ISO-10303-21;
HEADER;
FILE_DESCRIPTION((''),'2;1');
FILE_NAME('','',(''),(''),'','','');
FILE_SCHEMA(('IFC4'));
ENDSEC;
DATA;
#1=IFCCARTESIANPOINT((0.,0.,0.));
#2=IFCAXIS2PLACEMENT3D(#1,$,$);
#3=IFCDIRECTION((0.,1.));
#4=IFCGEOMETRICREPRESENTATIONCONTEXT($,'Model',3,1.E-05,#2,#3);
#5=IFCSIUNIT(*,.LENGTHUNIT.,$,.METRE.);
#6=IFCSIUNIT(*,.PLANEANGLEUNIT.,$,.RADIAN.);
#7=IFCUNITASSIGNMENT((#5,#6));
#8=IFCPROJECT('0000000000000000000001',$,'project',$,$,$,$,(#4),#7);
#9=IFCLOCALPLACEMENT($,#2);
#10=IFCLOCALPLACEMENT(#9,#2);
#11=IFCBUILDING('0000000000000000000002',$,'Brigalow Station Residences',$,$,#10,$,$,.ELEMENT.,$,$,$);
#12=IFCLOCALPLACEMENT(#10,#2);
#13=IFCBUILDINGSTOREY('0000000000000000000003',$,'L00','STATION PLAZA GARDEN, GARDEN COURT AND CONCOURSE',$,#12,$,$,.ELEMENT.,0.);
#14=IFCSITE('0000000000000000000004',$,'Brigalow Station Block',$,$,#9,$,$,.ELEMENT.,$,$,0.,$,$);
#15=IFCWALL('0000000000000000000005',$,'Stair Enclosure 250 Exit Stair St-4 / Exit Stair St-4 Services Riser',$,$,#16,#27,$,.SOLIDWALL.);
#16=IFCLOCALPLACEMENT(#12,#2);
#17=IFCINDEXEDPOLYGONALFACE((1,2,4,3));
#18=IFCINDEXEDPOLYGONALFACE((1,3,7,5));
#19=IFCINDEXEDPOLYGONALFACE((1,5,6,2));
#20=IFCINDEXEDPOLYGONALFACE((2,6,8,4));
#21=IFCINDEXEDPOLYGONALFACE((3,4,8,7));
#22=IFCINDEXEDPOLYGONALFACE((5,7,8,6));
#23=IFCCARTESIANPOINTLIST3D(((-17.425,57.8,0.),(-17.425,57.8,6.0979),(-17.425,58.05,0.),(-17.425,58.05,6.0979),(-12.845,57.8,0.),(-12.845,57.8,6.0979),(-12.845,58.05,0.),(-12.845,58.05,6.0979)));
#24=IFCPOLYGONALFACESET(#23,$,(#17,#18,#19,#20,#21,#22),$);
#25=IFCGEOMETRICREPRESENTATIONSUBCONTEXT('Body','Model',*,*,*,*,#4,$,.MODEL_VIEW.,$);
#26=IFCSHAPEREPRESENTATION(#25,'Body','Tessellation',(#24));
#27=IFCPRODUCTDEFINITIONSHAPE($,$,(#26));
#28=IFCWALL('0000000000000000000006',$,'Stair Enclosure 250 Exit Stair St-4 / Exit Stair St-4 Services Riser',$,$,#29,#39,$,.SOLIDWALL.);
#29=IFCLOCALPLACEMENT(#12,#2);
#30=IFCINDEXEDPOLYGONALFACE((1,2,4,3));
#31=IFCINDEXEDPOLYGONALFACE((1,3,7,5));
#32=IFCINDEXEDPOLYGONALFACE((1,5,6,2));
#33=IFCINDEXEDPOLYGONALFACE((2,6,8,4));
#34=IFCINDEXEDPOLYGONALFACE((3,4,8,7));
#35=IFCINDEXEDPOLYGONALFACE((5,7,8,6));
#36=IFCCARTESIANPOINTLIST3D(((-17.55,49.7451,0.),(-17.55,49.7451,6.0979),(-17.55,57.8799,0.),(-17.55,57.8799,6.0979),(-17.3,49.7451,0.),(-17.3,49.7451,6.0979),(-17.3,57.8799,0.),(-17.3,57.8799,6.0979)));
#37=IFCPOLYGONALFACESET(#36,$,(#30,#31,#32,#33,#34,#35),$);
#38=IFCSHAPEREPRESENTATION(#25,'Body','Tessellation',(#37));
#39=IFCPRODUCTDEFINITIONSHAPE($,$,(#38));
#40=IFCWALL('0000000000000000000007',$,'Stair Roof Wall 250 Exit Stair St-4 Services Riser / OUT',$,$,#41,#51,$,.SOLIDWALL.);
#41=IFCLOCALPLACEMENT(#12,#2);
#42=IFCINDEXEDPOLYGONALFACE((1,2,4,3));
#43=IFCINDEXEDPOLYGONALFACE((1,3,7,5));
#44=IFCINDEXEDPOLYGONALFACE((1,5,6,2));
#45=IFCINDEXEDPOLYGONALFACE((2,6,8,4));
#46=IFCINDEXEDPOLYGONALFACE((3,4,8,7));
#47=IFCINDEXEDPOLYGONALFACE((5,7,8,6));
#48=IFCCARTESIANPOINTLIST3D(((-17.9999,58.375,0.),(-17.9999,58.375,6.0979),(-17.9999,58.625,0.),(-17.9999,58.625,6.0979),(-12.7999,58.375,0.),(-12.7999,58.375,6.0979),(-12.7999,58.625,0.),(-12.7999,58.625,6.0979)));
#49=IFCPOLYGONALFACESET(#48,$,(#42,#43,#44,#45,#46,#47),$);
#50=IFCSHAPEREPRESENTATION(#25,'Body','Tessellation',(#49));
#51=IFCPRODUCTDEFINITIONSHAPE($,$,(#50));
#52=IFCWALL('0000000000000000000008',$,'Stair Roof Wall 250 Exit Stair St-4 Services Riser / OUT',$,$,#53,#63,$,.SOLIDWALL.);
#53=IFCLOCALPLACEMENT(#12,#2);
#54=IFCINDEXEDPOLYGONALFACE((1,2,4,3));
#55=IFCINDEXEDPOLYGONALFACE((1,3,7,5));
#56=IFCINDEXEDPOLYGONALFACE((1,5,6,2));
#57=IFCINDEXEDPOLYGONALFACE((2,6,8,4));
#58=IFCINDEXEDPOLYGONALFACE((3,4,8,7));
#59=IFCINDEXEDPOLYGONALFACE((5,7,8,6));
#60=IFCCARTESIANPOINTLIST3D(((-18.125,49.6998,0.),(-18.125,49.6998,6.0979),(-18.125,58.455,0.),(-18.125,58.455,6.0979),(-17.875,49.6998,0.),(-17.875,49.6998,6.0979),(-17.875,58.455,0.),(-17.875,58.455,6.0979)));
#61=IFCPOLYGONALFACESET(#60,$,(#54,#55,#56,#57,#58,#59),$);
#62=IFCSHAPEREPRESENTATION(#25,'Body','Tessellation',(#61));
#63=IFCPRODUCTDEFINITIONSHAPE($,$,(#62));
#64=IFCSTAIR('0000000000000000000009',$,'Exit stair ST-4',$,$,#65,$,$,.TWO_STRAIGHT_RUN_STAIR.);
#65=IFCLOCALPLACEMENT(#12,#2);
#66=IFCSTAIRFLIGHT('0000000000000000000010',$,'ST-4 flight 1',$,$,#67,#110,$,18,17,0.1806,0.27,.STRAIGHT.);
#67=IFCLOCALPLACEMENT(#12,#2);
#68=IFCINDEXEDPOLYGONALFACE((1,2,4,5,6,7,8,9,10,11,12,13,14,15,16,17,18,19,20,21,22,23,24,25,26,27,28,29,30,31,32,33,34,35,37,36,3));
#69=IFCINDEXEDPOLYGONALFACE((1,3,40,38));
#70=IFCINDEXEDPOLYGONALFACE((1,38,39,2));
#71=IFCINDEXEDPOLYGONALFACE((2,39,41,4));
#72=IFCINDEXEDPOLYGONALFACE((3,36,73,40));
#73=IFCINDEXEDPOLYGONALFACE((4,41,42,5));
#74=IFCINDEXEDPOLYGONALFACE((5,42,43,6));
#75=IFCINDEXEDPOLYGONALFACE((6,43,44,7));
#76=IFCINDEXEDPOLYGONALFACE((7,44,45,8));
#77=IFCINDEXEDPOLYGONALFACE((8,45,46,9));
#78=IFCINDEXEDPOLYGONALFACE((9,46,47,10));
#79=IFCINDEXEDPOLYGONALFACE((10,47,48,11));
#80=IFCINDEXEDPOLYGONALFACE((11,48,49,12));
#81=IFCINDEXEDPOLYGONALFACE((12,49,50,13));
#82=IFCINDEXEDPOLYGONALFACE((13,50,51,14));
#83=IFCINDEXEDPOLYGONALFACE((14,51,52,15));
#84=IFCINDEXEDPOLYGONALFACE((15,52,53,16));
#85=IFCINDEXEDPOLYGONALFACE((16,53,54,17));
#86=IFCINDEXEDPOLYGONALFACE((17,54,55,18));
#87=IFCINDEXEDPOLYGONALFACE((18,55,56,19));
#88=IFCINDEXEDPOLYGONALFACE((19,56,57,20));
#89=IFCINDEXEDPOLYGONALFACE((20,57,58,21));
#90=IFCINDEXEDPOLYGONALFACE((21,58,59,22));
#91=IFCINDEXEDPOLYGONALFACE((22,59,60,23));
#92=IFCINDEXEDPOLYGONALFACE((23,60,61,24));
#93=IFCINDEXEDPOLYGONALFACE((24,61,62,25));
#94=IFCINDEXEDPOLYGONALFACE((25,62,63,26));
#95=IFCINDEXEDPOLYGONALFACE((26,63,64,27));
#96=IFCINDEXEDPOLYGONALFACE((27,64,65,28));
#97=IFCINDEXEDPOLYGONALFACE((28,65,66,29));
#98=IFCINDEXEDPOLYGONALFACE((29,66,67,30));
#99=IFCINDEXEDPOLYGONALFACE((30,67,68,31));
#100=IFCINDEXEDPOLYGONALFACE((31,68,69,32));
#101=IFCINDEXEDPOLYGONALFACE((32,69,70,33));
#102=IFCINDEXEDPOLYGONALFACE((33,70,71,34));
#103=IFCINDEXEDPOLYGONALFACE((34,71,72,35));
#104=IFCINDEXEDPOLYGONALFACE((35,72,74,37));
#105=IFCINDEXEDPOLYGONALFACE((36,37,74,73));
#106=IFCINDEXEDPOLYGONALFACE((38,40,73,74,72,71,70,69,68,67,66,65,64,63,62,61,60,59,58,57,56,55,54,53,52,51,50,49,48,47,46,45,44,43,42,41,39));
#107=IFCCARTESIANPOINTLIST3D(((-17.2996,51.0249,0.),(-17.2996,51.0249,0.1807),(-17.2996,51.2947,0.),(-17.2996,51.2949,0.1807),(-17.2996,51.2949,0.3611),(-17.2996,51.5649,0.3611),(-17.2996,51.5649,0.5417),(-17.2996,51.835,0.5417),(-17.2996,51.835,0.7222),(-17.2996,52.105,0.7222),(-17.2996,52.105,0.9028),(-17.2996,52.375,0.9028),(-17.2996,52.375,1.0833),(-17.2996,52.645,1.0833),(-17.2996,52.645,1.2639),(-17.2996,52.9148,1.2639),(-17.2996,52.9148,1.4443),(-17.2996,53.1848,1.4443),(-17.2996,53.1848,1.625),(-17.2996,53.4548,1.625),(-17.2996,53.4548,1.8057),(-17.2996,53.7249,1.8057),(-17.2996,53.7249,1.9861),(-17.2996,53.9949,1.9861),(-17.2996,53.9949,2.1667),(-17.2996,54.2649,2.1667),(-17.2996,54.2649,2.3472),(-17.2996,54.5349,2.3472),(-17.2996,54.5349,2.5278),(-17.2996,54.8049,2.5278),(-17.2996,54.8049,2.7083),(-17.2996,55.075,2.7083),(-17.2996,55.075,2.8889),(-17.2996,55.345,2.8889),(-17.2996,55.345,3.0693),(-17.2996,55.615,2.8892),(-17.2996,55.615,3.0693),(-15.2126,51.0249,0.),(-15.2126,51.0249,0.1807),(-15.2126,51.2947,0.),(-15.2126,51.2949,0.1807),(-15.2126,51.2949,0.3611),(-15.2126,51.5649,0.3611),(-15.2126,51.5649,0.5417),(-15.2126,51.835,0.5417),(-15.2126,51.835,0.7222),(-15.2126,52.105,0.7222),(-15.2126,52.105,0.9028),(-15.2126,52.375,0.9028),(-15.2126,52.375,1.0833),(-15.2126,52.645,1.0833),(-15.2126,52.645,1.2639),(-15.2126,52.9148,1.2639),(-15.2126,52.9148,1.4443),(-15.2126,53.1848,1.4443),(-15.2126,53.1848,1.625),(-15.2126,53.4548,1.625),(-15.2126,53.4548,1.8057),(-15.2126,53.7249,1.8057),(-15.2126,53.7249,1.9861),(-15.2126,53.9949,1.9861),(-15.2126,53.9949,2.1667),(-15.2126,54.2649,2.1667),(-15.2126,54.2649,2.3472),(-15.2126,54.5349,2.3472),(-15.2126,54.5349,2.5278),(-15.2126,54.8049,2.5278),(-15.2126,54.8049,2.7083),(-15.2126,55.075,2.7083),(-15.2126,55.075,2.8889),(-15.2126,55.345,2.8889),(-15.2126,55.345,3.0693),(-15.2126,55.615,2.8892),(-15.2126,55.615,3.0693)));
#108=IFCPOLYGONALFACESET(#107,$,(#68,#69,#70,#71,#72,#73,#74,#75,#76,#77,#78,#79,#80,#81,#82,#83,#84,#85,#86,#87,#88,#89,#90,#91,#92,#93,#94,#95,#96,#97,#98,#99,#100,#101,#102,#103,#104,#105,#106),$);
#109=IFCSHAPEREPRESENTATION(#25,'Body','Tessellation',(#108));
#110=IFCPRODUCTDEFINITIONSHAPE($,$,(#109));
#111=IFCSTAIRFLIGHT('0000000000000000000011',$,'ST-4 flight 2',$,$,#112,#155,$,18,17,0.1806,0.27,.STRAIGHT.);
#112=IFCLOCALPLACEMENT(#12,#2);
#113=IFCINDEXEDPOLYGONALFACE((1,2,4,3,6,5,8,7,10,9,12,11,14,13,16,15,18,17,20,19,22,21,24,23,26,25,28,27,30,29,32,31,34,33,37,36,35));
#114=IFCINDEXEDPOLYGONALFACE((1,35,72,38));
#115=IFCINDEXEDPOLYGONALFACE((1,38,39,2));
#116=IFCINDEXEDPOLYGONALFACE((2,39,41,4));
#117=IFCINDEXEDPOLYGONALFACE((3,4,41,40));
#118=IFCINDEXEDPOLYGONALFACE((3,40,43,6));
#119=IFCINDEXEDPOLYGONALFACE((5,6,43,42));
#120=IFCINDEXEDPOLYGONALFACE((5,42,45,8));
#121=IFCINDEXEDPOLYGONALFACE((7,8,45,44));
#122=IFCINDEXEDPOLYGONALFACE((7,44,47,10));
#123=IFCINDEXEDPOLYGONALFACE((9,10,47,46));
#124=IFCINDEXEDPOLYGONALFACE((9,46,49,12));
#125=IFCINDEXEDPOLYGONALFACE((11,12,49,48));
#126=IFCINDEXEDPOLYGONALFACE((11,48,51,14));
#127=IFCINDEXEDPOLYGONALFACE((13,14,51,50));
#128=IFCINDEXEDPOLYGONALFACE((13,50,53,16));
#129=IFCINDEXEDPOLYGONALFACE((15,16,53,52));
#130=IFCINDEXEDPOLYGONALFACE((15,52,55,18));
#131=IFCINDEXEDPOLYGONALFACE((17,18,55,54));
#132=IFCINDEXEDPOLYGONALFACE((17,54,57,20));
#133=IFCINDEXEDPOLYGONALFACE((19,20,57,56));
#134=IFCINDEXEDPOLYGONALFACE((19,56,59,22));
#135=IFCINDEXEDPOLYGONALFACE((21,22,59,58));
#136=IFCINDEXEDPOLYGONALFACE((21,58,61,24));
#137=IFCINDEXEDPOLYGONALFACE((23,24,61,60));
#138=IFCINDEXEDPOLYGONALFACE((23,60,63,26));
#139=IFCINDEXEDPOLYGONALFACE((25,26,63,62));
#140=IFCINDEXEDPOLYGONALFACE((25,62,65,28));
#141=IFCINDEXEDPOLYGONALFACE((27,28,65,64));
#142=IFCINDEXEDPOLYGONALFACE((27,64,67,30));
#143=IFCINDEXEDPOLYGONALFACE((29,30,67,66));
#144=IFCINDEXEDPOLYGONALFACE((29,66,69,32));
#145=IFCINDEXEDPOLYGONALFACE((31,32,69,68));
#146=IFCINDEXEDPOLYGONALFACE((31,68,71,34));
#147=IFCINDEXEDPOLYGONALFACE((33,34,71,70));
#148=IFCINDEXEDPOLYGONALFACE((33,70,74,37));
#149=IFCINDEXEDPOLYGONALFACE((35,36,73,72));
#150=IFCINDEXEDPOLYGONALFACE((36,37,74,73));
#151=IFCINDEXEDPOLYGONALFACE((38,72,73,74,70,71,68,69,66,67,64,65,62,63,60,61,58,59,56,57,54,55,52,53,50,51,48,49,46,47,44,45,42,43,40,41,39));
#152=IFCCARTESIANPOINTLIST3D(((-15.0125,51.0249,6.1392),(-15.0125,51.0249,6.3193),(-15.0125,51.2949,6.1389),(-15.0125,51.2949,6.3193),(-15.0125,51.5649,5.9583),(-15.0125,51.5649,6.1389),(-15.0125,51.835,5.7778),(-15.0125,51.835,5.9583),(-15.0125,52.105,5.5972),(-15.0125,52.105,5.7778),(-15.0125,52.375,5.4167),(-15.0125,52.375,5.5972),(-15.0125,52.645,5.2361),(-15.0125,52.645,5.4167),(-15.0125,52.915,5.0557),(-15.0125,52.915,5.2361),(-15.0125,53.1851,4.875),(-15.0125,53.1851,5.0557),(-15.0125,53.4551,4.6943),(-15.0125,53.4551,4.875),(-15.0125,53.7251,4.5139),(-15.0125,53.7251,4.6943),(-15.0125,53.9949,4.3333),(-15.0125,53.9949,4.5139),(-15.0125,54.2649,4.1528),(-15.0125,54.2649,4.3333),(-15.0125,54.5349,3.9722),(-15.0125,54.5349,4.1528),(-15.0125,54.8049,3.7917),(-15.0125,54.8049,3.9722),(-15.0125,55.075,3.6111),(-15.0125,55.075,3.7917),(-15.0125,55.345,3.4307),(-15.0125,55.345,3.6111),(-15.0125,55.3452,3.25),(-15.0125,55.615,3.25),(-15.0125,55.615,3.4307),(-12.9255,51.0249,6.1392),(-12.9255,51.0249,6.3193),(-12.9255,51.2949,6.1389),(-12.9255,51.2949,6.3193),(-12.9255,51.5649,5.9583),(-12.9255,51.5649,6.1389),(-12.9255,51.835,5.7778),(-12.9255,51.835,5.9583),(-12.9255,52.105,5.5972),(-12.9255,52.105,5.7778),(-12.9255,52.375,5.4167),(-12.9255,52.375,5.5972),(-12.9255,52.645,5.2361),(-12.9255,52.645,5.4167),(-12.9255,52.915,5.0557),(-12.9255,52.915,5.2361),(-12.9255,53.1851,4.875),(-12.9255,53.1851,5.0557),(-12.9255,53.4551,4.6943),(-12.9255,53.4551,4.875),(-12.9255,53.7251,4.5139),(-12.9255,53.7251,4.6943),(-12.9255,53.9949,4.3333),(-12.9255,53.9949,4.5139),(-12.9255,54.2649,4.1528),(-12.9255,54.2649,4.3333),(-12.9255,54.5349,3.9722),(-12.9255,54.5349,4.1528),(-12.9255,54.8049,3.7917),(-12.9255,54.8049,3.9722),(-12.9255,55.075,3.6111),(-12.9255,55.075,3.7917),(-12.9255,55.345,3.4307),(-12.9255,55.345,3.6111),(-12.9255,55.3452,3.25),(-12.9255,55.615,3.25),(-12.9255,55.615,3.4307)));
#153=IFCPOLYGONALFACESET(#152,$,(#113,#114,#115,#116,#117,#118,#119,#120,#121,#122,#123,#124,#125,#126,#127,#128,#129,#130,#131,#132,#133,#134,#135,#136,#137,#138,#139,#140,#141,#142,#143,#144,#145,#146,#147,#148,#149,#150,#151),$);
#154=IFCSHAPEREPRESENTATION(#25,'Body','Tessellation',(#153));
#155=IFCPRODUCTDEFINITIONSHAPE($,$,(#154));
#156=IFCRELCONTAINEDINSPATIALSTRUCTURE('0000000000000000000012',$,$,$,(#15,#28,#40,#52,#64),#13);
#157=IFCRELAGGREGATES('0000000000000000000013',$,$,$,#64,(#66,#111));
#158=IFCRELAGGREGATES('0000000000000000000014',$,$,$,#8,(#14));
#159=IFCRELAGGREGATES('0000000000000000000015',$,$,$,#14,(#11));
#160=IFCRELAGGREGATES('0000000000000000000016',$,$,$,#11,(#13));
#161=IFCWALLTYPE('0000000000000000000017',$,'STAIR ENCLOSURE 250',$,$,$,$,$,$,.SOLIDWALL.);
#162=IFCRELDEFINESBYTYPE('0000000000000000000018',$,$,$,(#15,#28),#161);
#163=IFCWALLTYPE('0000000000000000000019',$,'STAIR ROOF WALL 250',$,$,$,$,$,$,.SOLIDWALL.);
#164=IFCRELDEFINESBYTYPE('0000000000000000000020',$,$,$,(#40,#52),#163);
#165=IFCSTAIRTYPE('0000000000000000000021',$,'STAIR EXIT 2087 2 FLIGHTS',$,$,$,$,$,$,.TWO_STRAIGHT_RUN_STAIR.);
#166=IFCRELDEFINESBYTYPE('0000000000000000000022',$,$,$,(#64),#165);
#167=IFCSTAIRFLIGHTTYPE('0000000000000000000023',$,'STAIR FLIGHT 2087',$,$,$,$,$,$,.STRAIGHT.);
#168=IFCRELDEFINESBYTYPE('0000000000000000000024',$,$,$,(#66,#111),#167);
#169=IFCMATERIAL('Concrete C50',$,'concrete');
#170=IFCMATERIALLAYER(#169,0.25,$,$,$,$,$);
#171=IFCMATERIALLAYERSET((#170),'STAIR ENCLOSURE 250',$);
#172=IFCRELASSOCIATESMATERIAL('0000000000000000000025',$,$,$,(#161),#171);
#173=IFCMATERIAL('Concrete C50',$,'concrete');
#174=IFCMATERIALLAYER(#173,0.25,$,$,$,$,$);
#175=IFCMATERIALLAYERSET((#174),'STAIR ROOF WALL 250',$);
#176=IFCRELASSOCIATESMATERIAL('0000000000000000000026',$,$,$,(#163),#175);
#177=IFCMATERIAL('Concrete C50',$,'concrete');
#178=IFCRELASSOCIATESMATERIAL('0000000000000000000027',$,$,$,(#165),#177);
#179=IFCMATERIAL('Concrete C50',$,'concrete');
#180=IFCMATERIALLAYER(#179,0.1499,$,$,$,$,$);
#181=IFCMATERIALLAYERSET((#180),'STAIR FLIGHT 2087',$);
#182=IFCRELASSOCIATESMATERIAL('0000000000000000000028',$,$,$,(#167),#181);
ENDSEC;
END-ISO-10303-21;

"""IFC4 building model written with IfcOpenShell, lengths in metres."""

from ifc_helpers import new_model, si_unit, direction, frame, frame_2d, origin, place, context, subcontext, project, spatial, polyline, rectangle, outline, extrude, material, layer, layer_set, type_object, element, aggregate, save


model = new_model("IFC4")

# Units and contexts
model_context = context("Model", 3, precision=1e-05, world=origin(), true_north=direction((0.0, 1.0)))
body_context = subcontext(model_context, "Body", "Model", "MODEL_VIEW")
ifc_project = project(units=[si_unit("LENGTHUNIT", "METRE"), si_unit("PLANEANGLEUNIT", "RADIAN")], contexts=[model_context])

# Site, building, storey
site_placement = place(None, origin())
site = spatial("IfcSite", under=ifc_project, at=site_placement, Name="Brigalow Station Block", CompositionType="ELEMENT", RefElevation=0.0)
building_placement = place(site_placement, origin())
building = spatial("IfcBuilding", under=site, at=building_placement, Name="Brigalow Station Residences", CompositionType="ELEMENT")
storey_placement = place(building_placement, origin())
storey = spatial("IfcBuildingStorey", under=building, at=storey_placement, Name="L00", Description="STATION PLAZA GARDEN, GARDEN COURT AND CONCOURSE", CompositionType="ELEMENT", Elevation=0.0)

# Shared definitions
ifc_material_1 = material(Name="Concrete C50", Category="concrete")
ifc_layer_1 = layer(ifc_material_1, 0.25)
ifc_layer_set_1 = layer_set([ifc_layer_1], Name="STAIR ENCLOSURE 250")
wall_type_1 = type_object("IfcWallType", Name="STAIR ENCLOSURE 250", PredefinedType="SOLIDWALL", material=ifc_layer_set_1)

# Walls
wall_1_placement = place(storey_placement, frame((-17.425, 57.925, 0.0), z_axis=(0.0, 0.0, 1.0), x_axis=(1.0, 0.0, 0.0)))
element("IfcWall", 1, at=wall_1_placement, inside=storey, type_object=wall_type_1, Name="Stair Enclosure 250 Exit Stair St-4 / Exit Stair St-4 Services Riser", PredefinedType="SOLIDWALL", context=body_context, shape_type="SweptSolid", body=[
    extrude(rectangle(XDim=4.5801, YDim=0.25, at=frame_2d((2.29, 0.0))), origin(), (0.0, 0.0, 1.0), 6.0979),
])
wall_2_placement = place(storey_placement, frame((-17.425, 49.7451, 0.0), z_axis=(0.0, 0.0, 1.0), x_axis=(0.0, 1.0, 0.0)))
element("IfcWall", 2, at=wall_2_placement, inside=storey, type_object=wall_type_1, Name="Stair Enclosure 250 Exit Stair St-4 / Exit Stair St-4 Services Riser", PredefinedType="SOLIDWALL", context=body_context, shape_type="SweptSolid", body=[
    extrude(rectangle(XDim=8.1348, YDim=0.25, at=frame_2d((4.0674, 0.0))), origin(), (0.0, 0.0, 1.0), 6.0979),
])
ifc_material_2 = material(Name="Concrete C50", Category="concrete")
ifc_layer_2 = layer(ifc_material_2, 0.25)
ifc_layer_set_2 = layer_set([ifc_layer_2], Name="STAIR ROOF WALL 250")
wall_type_2 = type_object("IfcWallType", Name="STAIR ROOF WALL 250", PredefinedType="SOLIDWALL", material=ifc_layer_set_2)
wall_3_placement = place(storey_placement, frame((-18.0, 58.5, 0.0), z_axis=(0.0, 0.0, 1.0), x_axis=(1.0, 0.0, 0.0)))
element("IfcWall", 3, at=wall_3_placement, inside=storey, type_object=wall_type_2, Name="Stair Roof Wall 250 Exit Stair St-4 Services Riser / OUT", PredefinedType="SOLIDWALL", context=body_context, shape_type="SweptSolid", body=[
    extrude(rectangle(XDim=5.2, YDim=0.25, at=frame_2d((2.6001, 0.0))), origin(), (0.0, 0.0, 1.0), 6.0979),
])
wall_4_placement = place(storey_placement, frame((-18.0, 49.7, 0.0), z_axis=(0.0, 0.0, 1.0), x_axis=(0.0, 1.0, 0.0)))
element("IfcWall", 4, at=wall_4_placement, inside=storey, type_object=wall_type_2, Name="Stair Roof Wall 250 Exit Stair St-4 Services Riser / OUT", PredefinedType="SOLIDWALL", context=body_context, shape_type="SweptSolid", body=[
    extrude(rectangle(XDim=8.7551, YDim=0.25, at=frame_2d((4.3774, 0.0))), origin(), (0.0, 0.0, 1.0), 6.0979),
])

# Stair, stair flights
ifc_material_3 = material(Name="Concrete C50", Category="concrete")
stair_type = type_object("IfcStairType", Name="STAIR EXIT 2087 2 FLIGHTS", PredefinedType="TWO_STRAIGHT_RUN_STAIR", material=ifc_material_3)
stair_placement = place(storey_placement, origin())
stair = element("IfcStair", 5, at=stair_placement, inside=storey, type_object=stair_type, Name="Exit stair ST-4", PredefinedType="TWO_STRAIGHT_RUN_STAIR")
ifc_material_4 = material(Name="Concrete C50", Category="concrete")
ifc_layer_3 = layer(ifc_material_4, 0.1499)
ifc_layer_set_3 = layer_set([ifc_layer_3], Name="STAIR FLIGHT 2087")
stair_flight_type = type_object("IfcStairFlightType", Name="STAIR FLIGHT 2087", PredefinedType="STRAIGHT", material=ifc_layer_set_3)
stair_flight_1_placement = place(storey_placement, frame((-16.2561, 51.0249, 0.0), z_axis=(0.0, 0.0, 1.0), x_axis=(0.0, 1.0, 0.0)))
stair_flight_1 = element("IfcStairFlight", 6, at=stair_flight_1_placement, type_object=stair_flight_type, Name="ST-4 flight 1", NumberOfRisers=18, NumberOfTreads=17, PredefinedType="STRAIGHT", RiserHeight=0.1806, TreadLength=0.27, context=body_context, shape_type="SweptSolid", body=[
    extrude(outline(polyline([(0.0, 0.0), (0.0, 0.1807), (0.27, 0.1807), (0.27, 0.3611), (0.54, 0.3611), (0.54, 0.5417), (0.8101, 0.5417), (0.8101, 0.7222), (1.0801, 0.7222), (1.0801, 0.9028), (1.3501, 0.9028), (1.3501, 1.0833), (1.6201, 1.0833), (1.6201, 1.2639), (1.8899, 1.2639), (1.8899, 1.4443), (2.1599, 1.4443), (2.1599, 1.625), (2.4299, 1.625), (2.4299, 1.8057), (2.7, 1.8057), (2.7, 1.9861), (2.97, 1.9861), (2.97, 2.1667), (3.24, 2.1667), (3.24, 2.3472), (3.51, 2.3472), (3.51, 2.5278), (3.78, 2.5278), (3.78, 2.7083), (4.05, 2.7083), (4.05, 2.8889), (4.3201, 2.8889), (4.3201, 3.0693), (4.5901, 3.0693), (4.5901, 3.25), (4.5901, 2.8892), (0.2698, 0.0), (0.0, 0.0)])), frame((0.0, 1.0435, 0.0), z_axis=(0.0, -1.0, 0.0), x_axis=(1.0, 0.0, 0.0)), (0.0, 0.0, 1.0), 2.0869),
])
stair_flight_2_placement = place(storey_placement, frame((-13.969, 55.615, 3.25), z_axis=(0.0, 0.0, 1.0), x_axis=(0.0, -1.0, 0.0)))
stair_flight_2 = element("IfcStairFlight", 7, at=stair_flight_2_placement, type_object=stair_flight_type, Name="ST-4 flight 2", NumberOfRisers=18, NumberOfTreads=17, PredefinedType="STRAIGHT", RiserHeight=0.1806, TreadLength=0.27, context=body_context, shape_type="SweptSolid", body=[
    extrude(outline(polyline([(0.0, 0.0), (0.0, 0.1807), (0.27, 0.1807), (0.27, 0.3611), (0.54, 0.3611), (0.54, 0.5417), (0.8101, 0.5417), (0.8101, 0.7222), (1.0801, 0.7222), (1.0801, 0.9028), (1.3501, 0.9028), (1.3501, 1.0833), (1.6201, 1.0833), (1.6201, 1.2639), (1.8899, 1.2639), (1.8899, 1.4443), (2.1599, 1.4443), (2.1599, 1.625), (2.4299, 1.625), (2.4299, 1.8057), (2.7, 1.8057), (2.7, 1.9861), (2.97, 1.9861), (2.97, 2.1667), (3.24, 2.1667), (3.24, 2.3472), (3.51, 2.3472), (3.51, 2.5278), (3.78, 2.5278), (3.78, 2.7083), (4.05, 2.7083), (4.05, 2.8889), (4.3201, 2.8889), (4.3201, 3.0693), (4.5901, 3.0693), (4.5901, 3.25), (4.5901, 2.8892), (0.2698, 0.0), (0.0, 0.0)])), frame((0.0, 1.0435, 0.0), z_axis=(0.0, -1.0, 0.0), x_axis=(1.0, 0.0, 0.0)), (0.0, 0.0, 1.0), 2.0869),
])
aggregate(stair, [stair_flight_1, stair_flight_2])

save(model, "model.ifc")
